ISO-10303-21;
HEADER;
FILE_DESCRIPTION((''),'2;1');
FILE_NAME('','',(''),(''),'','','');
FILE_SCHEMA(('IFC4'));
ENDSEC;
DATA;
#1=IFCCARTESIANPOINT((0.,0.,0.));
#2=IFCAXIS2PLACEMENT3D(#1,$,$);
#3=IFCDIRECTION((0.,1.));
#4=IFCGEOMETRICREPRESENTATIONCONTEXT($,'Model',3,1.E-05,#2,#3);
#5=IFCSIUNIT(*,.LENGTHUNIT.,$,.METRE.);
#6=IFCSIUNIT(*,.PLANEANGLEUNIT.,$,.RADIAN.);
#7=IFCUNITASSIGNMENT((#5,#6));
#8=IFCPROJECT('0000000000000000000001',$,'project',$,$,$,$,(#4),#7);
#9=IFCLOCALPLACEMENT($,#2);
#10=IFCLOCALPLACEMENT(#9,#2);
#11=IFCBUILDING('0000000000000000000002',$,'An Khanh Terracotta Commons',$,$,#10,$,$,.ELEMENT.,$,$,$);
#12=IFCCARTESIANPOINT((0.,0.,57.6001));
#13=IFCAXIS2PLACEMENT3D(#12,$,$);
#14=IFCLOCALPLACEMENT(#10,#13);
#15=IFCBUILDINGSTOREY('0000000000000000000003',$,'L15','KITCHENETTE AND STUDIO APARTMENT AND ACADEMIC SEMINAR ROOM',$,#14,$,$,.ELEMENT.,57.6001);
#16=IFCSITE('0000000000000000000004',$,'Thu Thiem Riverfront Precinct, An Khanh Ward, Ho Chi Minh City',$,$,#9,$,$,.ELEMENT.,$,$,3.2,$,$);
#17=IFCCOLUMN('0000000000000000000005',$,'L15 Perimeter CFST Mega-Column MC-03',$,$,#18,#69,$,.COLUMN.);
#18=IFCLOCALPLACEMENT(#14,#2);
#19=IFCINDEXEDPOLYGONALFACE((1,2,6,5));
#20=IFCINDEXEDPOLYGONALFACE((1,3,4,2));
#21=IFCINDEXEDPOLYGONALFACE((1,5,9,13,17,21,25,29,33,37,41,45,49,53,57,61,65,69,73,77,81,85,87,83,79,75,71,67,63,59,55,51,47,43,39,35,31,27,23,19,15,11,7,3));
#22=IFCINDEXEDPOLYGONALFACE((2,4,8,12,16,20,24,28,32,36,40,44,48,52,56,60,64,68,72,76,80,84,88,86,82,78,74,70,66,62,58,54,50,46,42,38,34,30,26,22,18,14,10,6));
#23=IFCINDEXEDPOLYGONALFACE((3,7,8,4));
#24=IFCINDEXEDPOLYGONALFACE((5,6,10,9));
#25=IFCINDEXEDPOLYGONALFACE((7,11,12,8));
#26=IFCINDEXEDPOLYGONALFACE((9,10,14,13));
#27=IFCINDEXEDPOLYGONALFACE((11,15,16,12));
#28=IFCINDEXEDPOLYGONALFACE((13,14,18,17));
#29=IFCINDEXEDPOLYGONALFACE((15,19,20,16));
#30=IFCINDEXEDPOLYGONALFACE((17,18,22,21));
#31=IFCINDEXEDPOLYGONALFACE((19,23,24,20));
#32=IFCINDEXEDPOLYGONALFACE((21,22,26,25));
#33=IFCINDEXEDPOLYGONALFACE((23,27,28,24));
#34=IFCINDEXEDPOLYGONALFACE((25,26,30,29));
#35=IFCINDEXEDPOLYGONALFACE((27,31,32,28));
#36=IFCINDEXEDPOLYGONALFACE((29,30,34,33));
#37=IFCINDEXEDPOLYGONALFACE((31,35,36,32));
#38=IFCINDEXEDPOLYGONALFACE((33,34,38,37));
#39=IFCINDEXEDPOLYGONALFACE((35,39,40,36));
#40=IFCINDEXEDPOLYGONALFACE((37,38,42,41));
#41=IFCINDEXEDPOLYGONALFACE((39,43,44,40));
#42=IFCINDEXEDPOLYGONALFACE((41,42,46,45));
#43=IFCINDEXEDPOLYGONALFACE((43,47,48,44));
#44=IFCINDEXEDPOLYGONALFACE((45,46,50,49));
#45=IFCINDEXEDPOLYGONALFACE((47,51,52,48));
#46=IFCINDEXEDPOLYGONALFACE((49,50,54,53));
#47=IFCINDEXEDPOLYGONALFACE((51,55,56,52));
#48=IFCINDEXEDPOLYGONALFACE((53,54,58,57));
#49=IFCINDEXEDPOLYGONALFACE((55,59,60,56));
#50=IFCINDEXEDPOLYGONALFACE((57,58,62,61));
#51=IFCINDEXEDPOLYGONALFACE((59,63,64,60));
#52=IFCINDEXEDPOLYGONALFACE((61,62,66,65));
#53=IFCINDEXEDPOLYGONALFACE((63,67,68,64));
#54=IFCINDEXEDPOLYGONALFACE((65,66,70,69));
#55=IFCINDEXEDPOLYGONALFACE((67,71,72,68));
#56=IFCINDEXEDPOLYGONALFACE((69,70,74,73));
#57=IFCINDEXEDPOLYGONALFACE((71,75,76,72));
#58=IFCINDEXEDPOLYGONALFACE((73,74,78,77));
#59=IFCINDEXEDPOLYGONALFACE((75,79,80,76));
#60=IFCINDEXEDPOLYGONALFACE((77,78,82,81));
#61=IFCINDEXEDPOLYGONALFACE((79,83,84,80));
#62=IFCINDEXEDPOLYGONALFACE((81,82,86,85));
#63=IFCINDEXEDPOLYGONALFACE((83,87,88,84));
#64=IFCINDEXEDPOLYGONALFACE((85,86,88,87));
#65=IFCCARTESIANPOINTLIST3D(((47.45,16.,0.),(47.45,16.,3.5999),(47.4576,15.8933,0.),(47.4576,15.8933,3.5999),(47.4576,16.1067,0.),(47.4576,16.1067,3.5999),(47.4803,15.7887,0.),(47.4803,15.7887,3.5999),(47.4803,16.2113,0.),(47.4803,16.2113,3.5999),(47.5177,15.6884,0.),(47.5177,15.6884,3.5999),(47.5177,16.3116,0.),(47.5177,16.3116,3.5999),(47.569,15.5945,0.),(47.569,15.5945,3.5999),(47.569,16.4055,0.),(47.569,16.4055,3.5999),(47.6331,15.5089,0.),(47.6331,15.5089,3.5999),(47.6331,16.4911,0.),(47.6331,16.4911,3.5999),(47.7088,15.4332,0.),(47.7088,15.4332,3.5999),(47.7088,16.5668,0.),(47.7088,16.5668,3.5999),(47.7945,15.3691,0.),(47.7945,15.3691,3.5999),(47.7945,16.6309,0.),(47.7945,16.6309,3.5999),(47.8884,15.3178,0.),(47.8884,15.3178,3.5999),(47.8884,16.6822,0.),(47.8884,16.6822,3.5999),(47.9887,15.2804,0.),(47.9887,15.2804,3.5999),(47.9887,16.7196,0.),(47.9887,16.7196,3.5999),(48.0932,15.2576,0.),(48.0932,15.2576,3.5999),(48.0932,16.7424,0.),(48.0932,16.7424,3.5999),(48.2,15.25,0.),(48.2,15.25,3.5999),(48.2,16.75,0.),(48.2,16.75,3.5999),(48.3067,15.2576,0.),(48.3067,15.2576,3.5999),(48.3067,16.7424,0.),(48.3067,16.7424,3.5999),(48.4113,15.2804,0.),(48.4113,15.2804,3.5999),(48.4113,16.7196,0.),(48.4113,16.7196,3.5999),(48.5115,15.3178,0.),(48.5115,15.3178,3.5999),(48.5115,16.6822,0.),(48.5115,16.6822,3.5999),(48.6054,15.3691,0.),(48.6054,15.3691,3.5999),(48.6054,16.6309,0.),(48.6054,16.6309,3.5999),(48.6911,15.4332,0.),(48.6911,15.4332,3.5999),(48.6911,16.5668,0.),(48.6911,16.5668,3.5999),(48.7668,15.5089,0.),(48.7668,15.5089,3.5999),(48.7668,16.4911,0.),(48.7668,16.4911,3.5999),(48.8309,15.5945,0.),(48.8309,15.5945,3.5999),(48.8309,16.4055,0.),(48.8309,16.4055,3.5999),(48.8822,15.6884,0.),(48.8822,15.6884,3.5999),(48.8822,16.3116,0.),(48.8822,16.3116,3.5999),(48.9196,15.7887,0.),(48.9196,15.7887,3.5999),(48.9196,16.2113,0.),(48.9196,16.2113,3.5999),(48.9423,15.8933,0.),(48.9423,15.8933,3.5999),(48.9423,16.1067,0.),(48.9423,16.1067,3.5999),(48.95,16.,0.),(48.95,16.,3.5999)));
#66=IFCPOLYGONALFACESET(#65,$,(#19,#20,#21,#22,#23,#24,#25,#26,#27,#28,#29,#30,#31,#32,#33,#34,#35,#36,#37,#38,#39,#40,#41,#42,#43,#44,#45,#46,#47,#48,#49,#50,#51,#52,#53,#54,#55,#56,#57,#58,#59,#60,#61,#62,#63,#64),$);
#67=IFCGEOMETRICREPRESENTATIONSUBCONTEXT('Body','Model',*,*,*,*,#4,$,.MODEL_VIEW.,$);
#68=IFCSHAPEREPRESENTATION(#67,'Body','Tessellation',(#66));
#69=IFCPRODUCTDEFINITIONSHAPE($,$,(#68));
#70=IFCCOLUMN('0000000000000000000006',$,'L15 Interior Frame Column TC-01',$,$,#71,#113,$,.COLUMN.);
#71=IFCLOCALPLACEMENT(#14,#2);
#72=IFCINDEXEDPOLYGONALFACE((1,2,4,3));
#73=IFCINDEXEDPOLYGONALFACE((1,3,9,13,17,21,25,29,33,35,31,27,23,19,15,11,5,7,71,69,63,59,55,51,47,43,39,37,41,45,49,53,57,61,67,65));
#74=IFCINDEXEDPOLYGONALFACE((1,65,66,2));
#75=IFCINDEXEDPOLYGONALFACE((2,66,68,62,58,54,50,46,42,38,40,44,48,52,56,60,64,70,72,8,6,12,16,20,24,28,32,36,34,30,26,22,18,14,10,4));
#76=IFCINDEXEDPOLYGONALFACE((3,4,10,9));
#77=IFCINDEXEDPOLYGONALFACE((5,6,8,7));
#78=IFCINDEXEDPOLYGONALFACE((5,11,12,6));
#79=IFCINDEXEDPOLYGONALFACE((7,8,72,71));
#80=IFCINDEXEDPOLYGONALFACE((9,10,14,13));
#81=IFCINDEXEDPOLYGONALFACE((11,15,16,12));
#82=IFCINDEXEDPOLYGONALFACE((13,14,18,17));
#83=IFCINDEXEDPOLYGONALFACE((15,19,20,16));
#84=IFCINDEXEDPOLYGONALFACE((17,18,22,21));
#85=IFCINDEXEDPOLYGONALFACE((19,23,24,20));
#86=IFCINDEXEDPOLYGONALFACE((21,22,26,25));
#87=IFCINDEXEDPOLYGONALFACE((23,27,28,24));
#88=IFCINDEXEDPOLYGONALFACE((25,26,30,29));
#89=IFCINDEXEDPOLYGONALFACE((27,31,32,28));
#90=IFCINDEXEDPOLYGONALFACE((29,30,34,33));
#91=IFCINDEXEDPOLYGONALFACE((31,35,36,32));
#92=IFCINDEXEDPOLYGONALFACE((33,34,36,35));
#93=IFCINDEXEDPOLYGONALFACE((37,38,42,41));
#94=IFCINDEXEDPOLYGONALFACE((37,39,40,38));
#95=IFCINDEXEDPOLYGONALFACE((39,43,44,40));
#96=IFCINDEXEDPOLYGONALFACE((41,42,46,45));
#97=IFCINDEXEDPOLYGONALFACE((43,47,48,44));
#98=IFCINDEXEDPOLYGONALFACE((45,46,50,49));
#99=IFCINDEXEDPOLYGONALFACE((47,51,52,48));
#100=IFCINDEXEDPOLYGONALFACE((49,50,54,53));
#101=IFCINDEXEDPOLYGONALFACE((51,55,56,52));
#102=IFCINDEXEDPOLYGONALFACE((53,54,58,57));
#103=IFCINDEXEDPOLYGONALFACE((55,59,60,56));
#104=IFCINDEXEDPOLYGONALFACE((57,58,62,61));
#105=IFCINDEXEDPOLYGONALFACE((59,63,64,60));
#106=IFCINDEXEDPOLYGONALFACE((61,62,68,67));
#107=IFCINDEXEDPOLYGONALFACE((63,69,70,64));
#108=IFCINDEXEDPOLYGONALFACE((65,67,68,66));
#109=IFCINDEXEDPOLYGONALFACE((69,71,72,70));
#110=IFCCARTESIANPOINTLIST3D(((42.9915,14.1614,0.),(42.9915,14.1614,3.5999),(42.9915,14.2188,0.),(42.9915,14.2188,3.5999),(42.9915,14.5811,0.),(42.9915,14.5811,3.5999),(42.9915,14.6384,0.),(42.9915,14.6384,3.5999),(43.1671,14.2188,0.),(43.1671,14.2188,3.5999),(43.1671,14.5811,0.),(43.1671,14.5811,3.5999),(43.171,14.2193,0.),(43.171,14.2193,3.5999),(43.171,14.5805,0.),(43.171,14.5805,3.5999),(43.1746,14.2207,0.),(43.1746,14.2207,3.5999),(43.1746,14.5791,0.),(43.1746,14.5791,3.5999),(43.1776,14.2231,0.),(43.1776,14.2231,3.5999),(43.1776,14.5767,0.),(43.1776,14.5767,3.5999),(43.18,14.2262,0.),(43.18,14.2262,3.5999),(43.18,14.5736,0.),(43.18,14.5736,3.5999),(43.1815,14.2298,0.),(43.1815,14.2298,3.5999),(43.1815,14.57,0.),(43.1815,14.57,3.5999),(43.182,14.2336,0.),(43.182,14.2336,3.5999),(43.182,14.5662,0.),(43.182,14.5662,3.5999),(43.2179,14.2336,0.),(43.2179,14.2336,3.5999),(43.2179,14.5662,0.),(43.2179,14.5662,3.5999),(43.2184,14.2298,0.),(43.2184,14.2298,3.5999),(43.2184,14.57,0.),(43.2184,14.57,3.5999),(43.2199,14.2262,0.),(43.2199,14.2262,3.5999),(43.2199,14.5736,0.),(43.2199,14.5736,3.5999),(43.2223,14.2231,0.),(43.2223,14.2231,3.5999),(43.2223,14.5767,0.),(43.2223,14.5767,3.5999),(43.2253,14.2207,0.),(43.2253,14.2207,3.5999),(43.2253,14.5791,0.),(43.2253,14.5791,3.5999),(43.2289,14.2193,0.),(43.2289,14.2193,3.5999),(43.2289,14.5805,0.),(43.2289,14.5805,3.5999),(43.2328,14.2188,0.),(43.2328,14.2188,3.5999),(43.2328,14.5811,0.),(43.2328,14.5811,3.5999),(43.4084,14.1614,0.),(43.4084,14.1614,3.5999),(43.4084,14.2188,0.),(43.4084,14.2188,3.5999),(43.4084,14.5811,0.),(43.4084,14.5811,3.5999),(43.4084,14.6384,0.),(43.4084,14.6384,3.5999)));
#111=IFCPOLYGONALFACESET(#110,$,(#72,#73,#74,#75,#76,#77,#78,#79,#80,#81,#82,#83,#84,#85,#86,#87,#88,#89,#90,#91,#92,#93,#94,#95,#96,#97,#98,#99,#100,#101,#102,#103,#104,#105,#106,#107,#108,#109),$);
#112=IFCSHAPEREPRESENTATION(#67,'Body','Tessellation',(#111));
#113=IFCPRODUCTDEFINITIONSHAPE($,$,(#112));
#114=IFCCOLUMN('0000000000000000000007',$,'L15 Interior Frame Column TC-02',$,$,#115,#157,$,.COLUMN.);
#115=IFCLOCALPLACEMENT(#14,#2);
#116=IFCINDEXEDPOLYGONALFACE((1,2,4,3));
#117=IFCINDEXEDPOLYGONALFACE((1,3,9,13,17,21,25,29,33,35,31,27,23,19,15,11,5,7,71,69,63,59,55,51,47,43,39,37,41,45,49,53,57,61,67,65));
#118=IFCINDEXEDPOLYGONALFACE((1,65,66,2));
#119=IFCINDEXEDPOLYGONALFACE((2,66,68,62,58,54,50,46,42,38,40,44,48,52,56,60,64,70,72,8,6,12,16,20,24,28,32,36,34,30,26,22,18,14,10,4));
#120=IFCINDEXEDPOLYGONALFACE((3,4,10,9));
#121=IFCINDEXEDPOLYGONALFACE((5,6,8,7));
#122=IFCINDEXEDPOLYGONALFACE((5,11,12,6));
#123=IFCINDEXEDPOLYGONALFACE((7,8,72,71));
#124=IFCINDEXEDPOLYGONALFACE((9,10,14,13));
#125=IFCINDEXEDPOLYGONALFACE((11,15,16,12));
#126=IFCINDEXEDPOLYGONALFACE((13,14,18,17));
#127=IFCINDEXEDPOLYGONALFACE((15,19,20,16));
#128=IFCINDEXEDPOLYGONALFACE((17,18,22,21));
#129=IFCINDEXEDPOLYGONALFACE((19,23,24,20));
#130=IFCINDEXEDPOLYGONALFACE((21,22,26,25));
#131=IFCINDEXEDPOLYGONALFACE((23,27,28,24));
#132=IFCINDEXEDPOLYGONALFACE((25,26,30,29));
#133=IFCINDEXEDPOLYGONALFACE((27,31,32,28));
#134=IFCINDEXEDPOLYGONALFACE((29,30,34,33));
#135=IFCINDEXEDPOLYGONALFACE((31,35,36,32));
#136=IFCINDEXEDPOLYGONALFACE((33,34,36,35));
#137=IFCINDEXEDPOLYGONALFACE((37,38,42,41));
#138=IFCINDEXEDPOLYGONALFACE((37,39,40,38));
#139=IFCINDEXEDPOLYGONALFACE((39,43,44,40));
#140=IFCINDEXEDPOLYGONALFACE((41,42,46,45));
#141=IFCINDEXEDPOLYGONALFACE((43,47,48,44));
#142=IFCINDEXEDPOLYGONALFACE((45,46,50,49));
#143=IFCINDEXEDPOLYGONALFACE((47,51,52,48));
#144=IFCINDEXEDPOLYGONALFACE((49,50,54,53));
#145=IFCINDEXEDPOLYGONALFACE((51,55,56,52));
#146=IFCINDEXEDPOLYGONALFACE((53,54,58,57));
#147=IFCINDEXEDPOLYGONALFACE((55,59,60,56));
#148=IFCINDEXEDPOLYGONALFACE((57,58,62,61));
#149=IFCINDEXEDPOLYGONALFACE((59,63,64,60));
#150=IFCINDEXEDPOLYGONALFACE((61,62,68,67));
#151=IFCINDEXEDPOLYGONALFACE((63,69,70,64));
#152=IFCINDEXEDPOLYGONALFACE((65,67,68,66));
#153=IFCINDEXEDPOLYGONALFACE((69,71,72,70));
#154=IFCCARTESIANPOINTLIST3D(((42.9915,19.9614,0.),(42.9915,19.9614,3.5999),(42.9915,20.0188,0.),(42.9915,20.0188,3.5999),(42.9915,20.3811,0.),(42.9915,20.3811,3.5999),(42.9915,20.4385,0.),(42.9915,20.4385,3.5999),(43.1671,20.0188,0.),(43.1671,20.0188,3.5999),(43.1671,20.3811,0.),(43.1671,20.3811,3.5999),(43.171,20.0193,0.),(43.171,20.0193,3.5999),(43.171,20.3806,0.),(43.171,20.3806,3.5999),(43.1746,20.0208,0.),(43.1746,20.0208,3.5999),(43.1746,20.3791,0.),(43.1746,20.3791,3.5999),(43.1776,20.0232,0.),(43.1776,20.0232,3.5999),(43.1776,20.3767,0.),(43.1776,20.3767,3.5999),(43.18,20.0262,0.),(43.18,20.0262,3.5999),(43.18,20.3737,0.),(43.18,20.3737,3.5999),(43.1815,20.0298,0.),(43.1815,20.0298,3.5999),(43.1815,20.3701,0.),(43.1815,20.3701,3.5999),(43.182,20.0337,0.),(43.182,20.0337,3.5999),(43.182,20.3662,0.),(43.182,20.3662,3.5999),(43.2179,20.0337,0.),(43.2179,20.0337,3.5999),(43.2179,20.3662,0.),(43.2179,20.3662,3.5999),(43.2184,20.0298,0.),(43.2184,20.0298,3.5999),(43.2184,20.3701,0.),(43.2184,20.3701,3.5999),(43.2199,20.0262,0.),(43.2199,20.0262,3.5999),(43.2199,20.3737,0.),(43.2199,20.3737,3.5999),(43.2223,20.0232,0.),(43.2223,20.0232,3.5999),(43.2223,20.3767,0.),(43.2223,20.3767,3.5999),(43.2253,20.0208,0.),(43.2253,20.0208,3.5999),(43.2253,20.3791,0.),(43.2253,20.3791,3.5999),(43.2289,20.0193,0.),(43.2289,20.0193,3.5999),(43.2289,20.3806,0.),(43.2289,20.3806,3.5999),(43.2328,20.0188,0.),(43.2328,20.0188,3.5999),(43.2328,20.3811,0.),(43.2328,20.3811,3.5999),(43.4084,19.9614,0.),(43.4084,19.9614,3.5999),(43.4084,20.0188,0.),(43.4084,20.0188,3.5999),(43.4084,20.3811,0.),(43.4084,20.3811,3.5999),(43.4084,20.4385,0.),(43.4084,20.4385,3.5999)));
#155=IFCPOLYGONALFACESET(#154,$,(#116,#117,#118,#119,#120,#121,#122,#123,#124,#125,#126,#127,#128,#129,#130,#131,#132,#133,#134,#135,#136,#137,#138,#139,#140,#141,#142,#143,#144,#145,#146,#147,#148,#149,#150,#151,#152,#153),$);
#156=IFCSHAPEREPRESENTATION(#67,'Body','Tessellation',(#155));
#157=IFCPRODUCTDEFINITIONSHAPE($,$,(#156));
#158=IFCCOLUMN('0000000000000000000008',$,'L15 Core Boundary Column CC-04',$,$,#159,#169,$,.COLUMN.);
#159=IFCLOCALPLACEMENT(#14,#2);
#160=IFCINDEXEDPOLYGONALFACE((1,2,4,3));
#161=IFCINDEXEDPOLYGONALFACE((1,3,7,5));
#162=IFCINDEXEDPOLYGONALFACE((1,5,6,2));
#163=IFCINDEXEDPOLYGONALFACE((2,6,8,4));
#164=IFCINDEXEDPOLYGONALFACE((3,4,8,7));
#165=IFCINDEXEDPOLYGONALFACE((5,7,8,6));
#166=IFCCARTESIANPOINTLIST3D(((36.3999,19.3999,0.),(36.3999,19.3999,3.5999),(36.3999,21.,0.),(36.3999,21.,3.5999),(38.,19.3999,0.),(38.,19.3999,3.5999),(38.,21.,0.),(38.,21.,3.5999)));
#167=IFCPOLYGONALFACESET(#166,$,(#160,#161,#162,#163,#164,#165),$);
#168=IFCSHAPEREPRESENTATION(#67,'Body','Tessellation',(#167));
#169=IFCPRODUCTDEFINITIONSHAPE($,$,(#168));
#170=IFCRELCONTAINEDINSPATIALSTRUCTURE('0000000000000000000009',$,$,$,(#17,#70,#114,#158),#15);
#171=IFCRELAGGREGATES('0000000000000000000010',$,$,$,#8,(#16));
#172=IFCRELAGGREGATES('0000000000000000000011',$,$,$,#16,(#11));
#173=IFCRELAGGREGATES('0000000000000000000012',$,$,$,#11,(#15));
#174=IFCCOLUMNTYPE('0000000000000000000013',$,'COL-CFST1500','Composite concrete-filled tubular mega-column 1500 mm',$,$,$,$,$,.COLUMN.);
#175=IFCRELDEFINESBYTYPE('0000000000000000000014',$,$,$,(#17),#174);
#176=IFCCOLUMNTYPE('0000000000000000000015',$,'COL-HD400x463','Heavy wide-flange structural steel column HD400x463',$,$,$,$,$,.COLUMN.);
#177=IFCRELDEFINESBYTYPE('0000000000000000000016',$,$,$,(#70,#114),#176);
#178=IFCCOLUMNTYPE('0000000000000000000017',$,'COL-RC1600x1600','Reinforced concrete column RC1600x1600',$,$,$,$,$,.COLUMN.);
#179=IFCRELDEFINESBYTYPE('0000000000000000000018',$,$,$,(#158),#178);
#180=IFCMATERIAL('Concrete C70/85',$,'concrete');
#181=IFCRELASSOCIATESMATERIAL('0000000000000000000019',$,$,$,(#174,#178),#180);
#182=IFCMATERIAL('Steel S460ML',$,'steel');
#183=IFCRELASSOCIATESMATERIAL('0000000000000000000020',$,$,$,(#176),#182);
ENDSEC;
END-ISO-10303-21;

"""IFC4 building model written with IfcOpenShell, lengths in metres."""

from ifc_helpers import new_model, si_unit, direction, frame, origin, origin_2d, place, context, subcontext, project, spatial, rectangle, circle, i_section, extrude, material, material_profile, profile_set, type_object, element, save


model = new_model("IFC4")

# Units and contexts
model_context = context("Model", 3, precision=1e-05, world=origin(), true_north=direction((0.0, 1.0)))
body_context = subcontext(model_context, "Body", "Model", "MODEL_VIEW")
ifc_project = project(units=[si_unit("LENGTHUNIT", "METRE"), si_unit("PLANEANGLEUNIT", "RADIAN")], contexts=[model_context])

# Site, building, storey
site_placement = place(None, origin())
site = spatial("IfcSite", under=ifc_project, at=site_placement, Name="Thu Thiem Riverfront Precinct, An Khanh Ward, Ho Chi Minh City", CompositionType="ELEMENT", RefElevation=3.2)
building_placement = place(site_placement, origin())
building = spatial("IfcBuilding", under=site, at=building_placement, Name="An Khanh Terracotta Commons", CompositionType="ELEMENT")
storey_placement = place(building_placement, frame((0.0, 0.0, 57.6001)))
storey = spatial("IfcBuildingStorey", under=building, at=storey_placement, Name="L15", Description="KITCHENETTE AND STUDIO APARTMENT AND ACADEMIC SEMINAR ROOM", CompositionType="ELEMENT", Elevation=57.6001)

# Columns
ifc_material_1 = material(Name="Concrete C70/85", Category="concrete")
ifc_material_profile_1 = material_profile(ifc_material_1, circle(Radius=0.75, at=origin_2d()), Name="CFST1500")
ifc_profile_set_1 = profile_set([ifc_material_profile_1], Name="Concrete C70/85")
column_type_1 = type_object("IfcColumnType", Name="COL-CFST1500", Description="Composite concrete-filled tubular mega-column 1500 mm", PredefinedType="COLUMN", material=ifc_profile_set_1)
column_1_placement = place(storey_placement, frame((48.2, 16.0, 0.0), z_axis=(0.0, 0.0, 1.0), x_axis=(1.0, 0.0, 0.0)))
element("IfcColumn", 1, at=column_1_placement, inside=storey, type_object=column_type_1, Name="L15 Perimeter CFST Mega-Column MC-03", PredefinedType="COLUMN", context=body_context, shape_type="SweptSolid", body=[
    extrude(circle(Radius=0.75, at=origin_2d()), origin(), (0.0, 0.0, 1.0), 3.5999),
])
ifc_material_2 = material(Name="Steel S460ML", Category="steel")
ifc_material_profile_2 = material_profile(ifc_material_2, i_section(OverallWidth=0.417, OverallDepth=0.4771, WebThickness=0.0359, FlangeThickness=0.0574, FilletRadius=0.0149, at=origin_2d()), Name="HD400x463")
ifc_profile_set_2 = profile_set([ifc_material_profile_2], Name="Steel S460ML")
column_type_2 = type_object("IfcColumnType", Name="COL-HD400x463", Description="Heavy wide-flange structural steel column HD400x463", PredefinedType="COLUMN", material=ifc_profile_set_2)
for number, where, z_axis, x_axis, name in (
    (2, (43.2, 14.3999, 0.0), (0.0, 0.0, 1.0), (1.0, 0.0, 0.0), "L15 Interior Frame Column TC-01"),
    (3, (43.2, 20.2, 0.0), (0.0, 0.0, 1.0), (1.0, 0.0, 0.0), "L15 Interior Frame Column TC-02"),
):
    element("IfcColumn", number, at=place(storey_placement, frame(where, z_axis=z_axis, x_axis=x_axis)), inside=storey, type_object=column_type_2, Name=name, PredefinedType="COLUMN", context=body_context, shape_type="SweptSolid", body=[
        extrude(i_section(OverallWidth=0.417, OverallDepth=0.4771, WebThickness=0.0359, FlangeThickness=0.0574, FilletRadius=0.0149, at=origin_2d()), origin(), (0.0, 0.0, 1.0), 3.5999),
    ])
ifc_material_profile_3 = material_profile(ifc_material_1, rectangle(XDim=1.6001, YDim=1.6001, at=origin_2d()), Name="RC1600x1600")
ifc_profile_set_3 = profile_set([ifc_material_profile_3], Name="Concrete C70/85")
column_type_3 = type_object("IfcColumnType", Name="COL-RC1600x1600", Description="Reinforced concrete column RC1600x1600", PredefinedType="COLUMN", material=ifc_profile_set_3)
column_2_placement = place(storey_placement, frame((37.2, 20.2, 0.0), z_axis=(0.0, 0.0, 1.0), x_axis=(1.0, 0.0, 0.0)))
element("IfcColumn", 4, at=column_2_placement, inside=storey, type_object=column_type_3, Name="L15 Core Boundary Column CC-04", PredefinedType="COLUMN", context=body_context, shape_type="SweptSolid", body=[
    extrude(rectangle(XDim=1.6001, YDim=1.6001, at=origin_2d()), origin(), (0.0, 0.0, 1.0), 3.5999),
])

save(model, "model.ifc")
